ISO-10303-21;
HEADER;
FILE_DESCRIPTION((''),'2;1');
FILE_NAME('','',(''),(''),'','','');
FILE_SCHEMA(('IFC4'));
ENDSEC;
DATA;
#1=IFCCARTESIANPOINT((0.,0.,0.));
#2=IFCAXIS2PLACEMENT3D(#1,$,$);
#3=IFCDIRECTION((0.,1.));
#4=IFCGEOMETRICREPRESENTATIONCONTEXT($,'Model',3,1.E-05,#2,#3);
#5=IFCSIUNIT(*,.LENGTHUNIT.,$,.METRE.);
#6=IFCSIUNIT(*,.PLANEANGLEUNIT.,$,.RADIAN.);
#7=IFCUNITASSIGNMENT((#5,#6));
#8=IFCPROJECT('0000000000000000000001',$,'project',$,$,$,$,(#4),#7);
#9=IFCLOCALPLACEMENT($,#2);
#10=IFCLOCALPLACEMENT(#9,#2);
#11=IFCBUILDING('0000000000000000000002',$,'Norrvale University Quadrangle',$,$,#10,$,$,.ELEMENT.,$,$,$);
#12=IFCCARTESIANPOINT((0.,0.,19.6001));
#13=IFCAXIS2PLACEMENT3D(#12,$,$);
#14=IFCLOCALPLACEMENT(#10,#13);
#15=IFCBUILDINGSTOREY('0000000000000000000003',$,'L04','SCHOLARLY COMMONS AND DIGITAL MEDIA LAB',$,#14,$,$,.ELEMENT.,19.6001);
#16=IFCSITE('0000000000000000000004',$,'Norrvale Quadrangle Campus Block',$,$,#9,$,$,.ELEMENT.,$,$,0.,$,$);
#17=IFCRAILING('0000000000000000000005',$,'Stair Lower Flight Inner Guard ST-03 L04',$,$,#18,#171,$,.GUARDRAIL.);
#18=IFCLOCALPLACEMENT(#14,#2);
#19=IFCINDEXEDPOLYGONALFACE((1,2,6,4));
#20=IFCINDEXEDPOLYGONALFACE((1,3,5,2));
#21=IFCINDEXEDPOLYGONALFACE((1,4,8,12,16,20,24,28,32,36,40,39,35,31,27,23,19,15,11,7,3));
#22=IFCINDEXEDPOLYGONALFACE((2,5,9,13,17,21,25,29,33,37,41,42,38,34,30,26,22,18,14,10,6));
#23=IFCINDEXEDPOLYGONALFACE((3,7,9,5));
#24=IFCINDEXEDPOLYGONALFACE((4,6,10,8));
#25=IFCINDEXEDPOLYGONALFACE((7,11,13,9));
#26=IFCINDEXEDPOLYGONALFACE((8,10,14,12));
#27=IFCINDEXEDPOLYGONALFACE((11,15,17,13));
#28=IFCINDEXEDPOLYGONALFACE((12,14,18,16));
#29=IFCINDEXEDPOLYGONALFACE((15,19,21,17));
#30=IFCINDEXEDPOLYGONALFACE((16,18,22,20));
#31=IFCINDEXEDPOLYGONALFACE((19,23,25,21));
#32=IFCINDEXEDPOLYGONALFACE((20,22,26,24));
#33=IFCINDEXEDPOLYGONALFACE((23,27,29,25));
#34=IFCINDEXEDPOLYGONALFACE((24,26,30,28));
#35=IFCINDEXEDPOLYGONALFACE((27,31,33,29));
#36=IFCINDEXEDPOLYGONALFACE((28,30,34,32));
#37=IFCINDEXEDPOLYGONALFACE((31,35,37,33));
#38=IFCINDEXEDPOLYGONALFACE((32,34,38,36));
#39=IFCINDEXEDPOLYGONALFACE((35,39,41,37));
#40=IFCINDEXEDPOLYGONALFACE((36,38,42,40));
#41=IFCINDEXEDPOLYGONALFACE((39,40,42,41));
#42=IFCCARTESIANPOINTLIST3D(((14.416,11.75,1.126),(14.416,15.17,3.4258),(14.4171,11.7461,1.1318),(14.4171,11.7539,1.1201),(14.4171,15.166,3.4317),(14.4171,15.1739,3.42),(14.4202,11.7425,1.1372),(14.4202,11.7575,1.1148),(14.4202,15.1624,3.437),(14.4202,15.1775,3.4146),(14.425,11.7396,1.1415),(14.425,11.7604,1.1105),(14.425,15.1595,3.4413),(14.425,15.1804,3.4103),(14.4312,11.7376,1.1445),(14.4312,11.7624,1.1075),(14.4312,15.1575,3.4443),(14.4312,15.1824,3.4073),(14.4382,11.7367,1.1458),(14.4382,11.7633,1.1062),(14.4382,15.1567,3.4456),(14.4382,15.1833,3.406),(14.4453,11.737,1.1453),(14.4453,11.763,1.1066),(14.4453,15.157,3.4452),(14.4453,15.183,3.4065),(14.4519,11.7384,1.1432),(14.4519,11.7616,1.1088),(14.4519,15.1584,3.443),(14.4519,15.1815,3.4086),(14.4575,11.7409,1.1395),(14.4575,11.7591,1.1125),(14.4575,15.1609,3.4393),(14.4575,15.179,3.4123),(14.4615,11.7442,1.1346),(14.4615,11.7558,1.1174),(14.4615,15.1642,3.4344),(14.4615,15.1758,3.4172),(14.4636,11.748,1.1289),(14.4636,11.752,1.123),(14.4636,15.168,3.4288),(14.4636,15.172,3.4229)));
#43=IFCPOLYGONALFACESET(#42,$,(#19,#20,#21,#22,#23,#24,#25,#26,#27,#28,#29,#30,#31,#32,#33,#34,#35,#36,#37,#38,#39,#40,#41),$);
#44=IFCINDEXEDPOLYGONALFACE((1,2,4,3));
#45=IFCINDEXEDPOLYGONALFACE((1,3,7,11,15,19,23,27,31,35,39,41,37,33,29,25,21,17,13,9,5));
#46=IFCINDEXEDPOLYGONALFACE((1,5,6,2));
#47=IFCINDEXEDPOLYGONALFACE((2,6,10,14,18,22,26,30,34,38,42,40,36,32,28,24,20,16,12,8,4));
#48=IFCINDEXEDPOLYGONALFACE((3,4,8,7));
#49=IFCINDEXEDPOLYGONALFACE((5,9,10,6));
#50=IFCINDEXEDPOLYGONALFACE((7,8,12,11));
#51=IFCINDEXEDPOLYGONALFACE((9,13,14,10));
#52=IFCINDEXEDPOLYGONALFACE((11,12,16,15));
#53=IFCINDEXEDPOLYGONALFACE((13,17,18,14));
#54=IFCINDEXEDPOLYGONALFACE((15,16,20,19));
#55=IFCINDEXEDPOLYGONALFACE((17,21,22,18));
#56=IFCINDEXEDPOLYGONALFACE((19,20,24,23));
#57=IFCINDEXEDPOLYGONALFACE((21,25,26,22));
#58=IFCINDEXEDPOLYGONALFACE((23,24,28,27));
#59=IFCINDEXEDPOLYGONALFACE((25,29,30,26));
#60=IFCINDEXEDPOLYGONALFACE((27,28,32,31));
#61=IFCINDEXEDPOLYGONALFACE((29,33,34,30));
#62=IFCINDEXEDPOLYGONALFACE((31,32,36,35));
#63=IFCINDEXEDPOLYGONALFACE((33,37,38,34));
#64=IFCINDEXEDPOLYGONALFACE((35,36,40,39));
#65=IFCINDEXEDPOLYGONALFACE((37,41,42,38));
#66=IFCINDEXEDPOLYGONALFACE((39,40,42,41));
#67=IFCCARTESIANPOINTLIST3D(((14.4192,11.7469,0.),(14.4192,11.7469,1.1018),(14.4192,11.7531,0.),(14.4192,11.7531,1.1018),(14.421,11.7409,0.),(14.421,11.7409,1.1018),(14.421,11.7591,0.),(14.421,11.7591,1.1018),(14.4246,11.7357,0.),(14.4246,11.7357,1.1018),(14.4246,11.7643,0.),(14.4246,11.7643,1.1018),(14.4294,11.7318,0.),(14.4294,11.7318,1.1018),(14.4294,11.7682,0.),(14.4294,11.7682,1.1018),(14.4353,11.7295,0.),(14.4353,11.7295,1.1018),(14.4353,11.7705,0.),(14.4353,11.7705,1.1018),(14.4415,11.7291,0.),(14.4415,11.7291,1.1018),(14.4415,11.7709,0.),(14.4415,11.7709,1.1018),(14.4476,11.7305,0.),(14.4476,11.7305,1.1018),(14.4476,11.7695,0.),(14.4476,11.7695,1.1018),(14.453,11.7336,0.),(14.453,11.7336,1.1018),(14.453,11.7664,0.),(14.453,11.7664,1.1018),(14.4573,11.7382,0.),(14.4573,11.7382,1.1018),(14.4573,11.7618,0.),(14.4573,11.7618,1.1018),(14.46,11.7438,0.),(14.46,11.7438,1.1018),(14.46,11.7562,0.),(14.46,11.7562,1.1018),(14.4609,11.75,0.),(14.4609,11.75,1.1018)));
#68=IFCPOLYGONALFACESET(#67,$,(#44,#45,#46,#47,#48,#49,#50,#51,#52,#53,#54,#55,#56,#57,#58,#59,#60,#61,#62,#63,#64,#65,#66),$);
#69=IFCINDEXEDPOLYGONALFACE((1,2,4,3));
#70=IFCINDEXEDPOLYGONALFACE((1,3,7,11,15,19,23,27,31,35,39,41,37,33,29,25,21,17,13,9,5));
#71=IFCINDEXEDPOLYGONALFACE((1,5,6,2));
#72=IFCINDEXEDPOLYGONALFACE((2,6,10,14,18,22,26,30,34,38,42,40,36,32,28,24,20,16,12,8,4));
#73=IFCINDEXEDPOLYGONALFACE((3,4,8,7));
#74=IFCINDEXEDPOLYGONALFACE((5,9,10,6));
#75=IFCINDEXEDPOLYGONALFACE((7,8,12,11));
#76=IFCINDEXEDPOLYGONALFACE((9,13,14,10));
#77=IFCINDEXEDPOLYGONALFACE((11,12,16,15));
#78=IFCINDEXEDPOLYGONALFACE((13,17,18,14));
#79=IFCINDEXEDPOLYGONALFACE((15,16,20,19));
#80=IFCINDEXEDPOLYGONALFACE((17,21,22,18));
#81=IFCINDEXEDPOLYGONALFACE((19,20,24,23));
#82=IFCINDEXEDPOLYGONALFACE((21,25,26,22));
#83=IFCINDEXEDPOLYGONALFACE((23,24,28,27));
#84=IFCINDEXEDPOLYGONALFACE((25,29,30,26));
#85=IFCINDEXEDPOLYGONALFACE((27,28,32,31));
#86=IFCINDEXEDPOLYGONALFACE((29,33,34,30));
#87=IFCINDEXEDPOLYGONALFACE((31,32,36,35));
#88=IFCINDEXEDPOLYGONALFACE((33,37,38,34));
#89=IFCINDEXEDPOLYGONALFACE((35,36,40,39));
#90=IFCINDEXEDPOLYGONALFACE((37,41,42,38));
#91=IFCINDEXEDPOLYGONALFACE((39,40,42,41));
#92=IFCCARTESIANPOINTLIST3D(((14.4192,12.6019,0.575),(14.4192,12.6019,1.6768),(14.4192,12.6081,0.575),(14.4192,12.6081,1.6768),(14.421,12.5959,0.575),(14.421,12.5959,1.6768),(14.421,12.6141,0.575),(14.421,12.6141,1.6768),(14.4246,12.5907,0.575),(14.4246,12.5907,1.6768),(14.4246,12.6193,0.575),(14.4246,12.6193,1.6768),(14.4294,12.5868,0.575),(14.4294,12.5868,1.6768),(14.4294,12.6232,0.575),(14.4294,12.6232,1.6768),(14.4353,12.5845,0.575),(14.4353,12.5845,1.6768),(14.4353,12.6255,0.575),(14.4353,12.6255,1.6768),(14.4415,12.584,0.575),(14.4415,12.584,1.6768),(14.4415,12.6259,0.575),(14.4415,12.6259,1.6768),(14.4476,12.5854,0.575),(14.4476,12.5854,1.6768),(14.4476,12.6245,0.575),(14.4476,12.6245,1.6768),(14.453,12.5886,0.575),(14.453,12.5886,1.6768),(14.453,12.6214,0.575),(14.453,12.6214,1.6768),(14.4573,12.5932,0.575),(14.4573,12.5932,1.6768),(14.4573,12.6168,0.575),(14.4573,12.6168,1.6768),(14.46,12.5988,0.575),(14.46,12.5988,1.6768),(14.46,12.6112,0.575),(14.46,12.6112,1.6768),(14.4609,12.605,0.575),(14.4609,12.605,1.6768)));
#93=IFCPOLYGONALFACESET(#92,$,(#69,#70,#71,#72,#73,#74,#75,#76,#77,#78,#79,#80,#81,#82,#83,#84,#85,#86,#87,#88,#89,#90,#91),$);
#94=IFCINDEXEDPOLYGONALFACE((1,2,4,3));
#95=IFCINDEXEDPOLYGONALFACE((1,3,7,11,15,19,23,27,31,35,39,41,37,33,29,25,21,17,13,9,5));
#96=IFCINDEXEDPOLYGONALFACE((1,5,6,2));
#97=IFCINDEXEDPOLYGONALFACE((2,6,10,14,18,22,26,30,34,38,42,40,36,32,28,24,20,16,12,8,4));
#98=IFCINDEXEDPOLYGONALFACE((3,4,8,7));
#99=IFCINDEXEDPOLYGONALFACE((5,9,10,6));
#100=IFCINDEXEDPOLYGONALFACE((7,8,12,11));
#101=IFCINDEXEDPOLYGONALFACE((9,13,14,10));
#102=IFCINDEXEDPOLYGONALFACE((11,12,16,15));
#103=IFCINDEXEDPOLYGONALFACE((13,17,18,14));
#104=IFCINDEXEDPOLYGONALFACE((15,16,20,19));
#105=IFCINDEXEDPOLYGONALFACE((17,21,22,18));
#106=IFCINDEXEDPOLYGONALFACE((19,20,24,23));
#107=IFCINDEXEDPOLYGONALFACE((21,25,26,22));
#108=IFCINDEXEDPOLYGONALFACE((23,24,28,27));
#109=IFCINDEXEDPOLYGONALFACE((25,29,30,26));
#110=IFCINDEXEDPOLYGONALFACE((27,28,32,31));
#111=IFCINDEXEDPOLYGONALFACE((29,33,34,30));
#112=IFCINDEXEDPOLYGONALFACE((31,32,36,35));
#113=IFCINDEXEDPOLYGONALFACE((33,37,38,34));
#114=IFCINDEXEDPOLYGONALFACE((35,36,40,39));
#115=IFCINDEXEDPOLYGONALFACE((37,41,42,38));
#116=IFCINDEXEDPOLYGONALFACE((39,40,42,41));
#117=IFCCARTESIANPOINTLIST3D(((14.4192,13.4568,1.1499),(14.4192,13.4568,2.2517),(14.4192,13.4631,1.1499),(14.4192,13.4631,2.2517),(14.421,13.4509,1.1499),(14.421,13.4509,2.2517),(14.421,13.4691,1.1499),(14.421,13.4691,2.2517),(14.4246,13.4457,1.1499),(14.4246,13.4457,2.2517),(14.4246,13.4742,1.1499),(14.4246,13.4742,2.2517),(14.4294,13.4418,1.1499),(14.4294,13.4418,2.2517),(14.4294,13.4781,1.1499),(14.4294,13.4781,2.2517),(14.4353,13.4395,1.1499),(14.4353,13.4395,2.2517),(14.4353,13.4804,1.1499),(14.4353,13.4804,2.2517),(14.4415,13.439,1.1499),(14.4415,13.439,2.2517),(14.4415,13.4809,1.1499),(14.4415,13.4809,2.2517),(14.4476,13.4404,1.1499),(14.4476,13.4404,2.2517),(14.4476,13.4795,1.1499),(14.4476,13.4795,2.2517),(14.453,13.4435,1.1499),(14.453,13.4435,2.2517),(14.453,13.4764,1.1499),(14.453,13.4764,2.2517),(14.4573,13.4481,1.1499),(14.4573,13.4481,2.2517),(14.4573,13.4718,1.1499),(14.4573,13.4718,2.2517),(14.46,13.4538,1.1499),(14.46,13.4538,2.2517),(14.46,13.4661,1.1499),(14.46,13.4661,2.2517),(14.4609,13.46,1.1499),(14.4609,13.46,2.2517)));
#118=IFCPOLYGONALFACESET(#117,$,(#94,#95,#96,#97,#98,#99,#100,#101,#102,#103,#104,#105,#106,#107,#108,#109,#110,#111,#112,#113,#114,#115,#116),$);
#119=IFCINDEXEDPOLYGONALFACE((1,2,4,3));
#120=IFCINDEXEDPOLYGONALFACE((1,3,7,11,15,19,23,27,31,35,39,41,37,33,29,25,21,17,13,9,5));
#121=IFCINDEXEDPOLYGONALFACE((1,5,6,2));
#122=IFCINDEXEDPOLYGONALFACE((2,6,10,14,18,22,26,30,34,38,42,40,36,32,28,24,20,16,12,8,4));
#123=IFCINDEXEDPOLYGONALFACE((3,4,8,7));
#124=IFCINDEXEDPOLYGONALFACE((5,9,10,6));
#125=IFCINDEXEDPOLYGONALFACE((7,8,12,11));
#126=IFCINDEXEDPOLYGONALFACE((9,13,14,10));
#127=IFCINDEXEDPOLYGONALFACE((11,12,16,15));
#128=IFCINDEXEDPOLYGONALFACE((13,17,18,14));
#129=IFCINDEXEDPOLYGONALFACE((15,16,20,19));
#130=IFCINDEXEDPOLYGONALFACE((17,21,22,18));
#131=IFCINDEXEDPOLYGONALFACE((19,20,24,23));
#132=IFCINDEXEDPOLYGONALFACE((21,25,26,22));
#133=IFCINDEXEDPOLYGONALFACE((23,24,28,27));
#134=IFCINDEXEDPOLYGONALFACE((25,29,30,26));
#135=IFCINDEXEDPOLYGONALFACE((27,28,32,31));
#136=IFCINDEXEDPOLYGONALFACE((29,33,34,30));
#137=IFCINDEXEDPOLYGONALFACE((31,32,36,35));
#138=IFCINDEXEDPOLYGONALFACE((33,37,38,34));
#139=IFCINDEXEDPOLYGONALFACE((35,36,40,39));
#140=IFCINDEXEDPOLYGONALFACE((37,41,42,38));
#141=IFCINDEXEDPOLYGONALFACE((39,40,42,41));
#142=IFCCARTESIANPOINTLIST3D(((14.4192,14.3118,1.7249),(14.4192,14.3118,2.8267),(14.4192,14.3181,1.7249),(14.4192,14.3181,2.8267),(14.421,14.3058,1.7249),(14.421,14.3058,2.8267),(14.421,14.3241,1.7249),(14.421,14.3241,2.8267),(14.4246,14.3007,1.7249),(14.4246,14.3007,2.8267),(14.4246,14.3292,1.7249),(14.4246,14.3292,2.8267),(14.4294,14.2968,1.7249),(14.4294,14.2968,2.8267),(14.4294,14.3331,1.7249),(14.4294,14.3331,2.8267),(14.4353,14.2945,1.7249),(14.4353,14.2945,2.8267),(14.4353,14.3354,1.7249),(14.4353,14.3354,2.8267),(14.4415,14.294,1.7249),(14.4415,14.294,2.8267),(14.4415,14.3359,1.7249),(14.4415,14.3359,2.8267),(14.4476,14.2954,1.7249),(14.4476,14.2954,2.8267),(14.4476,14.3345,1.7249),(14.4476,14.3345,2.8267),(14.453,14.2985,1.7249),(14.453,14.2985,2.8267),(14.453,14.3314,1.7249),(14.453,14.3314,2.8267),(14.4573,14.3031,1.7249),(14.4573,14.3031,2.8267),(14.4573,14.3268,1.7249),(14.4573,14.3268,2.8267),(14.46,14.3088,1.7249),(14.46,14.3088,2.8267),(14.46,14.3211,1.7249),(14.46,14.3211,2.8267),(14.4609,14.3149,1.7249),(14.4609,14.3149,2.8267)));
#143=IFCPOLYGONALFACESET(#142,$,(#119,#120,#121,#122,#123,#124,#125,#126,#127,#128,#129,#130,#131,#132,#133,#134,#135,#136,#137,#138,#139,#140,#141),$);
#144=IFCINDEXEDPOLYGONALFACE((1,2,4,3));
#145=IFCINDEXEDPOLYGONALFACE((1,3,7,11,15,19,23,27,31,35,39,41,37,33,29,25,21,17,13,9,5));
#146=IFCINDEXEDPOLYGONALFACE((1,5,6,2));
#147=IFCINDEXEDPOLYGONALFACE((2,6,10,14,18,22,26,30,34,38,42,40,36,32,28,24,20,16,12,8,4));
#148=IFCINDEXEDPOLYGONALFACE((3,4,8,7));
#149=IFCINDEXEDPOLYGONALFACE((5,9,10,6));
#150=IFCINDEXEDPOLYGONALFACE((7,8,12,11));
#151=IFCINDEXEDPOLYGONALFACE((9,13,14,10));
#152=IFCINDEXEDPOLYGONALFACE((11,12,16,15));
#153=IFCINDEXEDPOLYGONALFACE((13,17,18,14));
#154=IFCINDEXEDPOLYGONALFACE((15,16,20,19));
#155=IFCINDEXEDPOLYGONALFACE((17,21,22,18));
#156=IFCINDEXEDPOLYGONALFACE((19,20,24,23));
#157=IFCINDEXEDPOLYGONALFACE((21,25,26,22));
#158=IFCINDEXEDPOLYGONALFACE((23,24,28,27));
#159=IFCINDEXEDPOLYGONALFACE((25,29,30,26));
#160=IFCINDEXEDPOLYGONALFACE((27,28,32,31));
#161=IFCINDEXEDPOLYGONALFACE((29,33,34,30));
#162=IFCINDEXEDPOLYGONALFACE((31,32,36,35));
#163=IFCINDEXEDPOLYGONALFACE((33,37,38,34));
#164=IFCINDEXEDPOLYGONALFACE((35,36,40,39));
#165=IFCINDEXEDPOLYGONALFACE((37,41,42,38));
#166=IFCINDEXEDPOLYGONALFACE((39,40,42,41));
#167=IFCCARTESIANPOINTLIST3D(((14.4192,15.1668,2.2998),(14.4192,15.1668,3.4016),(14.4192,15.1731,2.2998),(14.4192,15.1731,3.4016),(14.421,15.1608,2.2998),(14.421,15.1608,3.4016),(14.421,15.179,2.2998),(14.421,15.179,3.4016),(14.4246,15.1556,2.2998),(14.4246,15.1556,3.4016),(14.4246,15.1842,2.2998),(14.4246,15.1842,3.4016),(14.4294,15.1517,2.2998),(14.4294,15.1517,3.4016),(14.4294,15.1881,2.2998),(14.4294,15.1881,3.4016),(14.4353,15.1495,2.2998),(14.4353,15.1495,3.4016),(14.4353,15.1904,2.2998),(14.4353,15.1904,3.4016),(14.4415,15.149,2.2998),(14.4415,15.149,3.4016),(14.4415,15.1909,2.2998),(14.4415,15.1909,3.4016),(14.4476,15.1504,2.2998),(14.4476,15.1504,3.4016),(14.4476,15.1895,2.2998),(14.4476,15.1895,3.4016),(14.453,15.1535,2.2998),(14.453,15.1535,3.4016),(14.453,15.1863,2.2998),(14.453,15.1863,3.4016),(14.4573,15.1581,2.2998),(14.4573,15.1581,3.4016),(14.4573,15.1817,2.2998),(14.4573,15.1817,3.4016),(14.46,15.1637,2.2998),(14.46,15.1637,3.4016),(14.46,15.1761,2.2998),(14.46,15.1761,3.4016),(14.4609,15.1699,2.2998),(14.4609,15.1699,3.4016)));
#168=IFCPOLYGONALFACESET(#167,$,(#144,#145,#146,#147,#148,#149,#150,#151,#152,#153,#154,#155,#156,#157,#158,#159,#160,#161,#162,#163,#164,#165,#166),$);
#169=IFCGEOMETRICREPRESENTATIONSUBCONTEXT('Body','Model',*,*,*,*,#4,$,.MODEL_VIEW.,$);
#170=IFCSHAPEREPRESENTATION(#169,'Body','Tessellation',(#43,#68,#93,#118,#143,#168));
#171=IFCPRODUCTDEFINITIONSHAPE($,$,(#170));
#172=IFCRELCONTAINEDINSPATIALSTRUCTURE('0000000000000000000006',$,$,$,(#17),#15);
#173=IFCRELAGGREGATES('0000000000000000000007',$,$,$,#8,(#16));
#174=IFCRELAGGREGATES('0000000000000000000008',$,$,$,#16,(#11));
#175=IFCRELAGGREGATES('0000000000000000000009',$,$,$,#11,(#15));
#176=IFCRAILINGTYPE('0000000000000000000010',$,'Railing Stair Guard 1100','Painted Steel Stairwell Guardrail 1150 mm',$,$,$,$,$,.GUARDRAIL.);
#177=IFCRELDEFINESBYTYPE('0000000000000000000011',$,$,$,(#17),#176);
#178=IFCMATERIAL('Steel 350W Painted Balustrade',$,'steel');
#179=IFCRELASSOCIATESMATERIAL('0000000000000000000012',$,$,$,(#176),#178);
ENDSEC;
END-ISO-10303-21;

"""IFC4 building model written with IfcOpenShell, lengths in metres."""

from ifc_helpers import new_model, si_unit, direction, frame, origin, origin_2d, place, context, subcontext, project, spatial, circle, extrude, material, type_object, element, save


model = new_model("IFC4")

# Units and contexts
model_context = context("Model", 3, precision=1e-05, world=origin(), true_north=direction((0.0, 1.0)))
body_context = subcontext(model_context, "Body", "Model", "MODEL_VIEW")
ifc_project = project(units=[si_unit("LENGTHUNIT", "METRE"), si_unit("PLANEANGLEUNIT", "RADIAN")], contexts=[model_context])

# Site, building, storey
site_placement = place(None, origin())
site = spatial("IfcSite", under=ifc_project, at=site_placement, Name="Norrvale Quadrangle Campus Block", CompositionType="ELEMENT", RefElevation=0.0)
building_placement = place(site_placement, origin())
building = spatial("IfcBuilding", under=site, at=building_placement, Name="Norrvale University Quadrangle", CompositionType="ELEMENT")
storey_placement = place(building_placement, frame((0.0, 0.0, 19.6001)))
storey = spatial("IfcBuildingStorey", under=building, at=storey_placement, Name="L04", Description="SCHOLARLY COMMONS AND DIGITAL MEDIA LAB", CompositionType="ELEMENT", Elevation=19.6001)

# Railing
ifc_material_1 = material(Name="Steel 350W Painted Balustrade", Category="steel")
railing_type_1 = type_object("IfcRailingType", Name="Railing Stair Guard 1100", Description="Painted Steel Stairwell Guardrail 1150 mm", PredefinedType="GUARDRAIL", material=ifc_material_1)
railing_1_placement = place(storey_placement, frame((14.4399, 11.75, 0.0)))
element("IfcRailing", 1, at=railing_1_placement, inside=storey, type_object=railing_type_1, Name="Stair Lower Flight Inner Guard ST-03 L04", PredefinedType="GUARDRAIL", context=body_context, shape_type="SweptSolid", body=[
    extrude(circle(Radius=0.0239, at=origin_2d()), frame((0.0, 0.0, 1.126), z_axis=(0.0, 0.82982, 0.558031), x_axis=(-1.0, 0.0, 0.0)), (0.0, 0.0, 1.0), 4.1213),
    extrude(circle(Radius=0.021, at=origin_2d()), origin(), (0.0, 0.0, 1.0), 1.1018),
    extrude(circle(Radius=0.021, at=origin_2d()), frame((0.0, 0.855, 0.575)), (0.0, 0.0, 1.0), 1.1018),
    extrude(circle(Radius=0.021, at=origin_2d()), frame((0.0, 1.71, 1.1499)), (0.0, 0.0, 1.0), 1.1018),
    extrude(circle(Radius=0.021, at=origin_2d()), frame((0.0, 2.5649, 1.7249)), (0.0, 0.0, 1.0), 1.1018),
    extrude(circle(Radius=0.021, at=origin_2d()), frame((0.0, 3.4199, 2.2998)), (0.0, 0.0, 1.0), 1.1018),
])

save(model, "model.ifc")
